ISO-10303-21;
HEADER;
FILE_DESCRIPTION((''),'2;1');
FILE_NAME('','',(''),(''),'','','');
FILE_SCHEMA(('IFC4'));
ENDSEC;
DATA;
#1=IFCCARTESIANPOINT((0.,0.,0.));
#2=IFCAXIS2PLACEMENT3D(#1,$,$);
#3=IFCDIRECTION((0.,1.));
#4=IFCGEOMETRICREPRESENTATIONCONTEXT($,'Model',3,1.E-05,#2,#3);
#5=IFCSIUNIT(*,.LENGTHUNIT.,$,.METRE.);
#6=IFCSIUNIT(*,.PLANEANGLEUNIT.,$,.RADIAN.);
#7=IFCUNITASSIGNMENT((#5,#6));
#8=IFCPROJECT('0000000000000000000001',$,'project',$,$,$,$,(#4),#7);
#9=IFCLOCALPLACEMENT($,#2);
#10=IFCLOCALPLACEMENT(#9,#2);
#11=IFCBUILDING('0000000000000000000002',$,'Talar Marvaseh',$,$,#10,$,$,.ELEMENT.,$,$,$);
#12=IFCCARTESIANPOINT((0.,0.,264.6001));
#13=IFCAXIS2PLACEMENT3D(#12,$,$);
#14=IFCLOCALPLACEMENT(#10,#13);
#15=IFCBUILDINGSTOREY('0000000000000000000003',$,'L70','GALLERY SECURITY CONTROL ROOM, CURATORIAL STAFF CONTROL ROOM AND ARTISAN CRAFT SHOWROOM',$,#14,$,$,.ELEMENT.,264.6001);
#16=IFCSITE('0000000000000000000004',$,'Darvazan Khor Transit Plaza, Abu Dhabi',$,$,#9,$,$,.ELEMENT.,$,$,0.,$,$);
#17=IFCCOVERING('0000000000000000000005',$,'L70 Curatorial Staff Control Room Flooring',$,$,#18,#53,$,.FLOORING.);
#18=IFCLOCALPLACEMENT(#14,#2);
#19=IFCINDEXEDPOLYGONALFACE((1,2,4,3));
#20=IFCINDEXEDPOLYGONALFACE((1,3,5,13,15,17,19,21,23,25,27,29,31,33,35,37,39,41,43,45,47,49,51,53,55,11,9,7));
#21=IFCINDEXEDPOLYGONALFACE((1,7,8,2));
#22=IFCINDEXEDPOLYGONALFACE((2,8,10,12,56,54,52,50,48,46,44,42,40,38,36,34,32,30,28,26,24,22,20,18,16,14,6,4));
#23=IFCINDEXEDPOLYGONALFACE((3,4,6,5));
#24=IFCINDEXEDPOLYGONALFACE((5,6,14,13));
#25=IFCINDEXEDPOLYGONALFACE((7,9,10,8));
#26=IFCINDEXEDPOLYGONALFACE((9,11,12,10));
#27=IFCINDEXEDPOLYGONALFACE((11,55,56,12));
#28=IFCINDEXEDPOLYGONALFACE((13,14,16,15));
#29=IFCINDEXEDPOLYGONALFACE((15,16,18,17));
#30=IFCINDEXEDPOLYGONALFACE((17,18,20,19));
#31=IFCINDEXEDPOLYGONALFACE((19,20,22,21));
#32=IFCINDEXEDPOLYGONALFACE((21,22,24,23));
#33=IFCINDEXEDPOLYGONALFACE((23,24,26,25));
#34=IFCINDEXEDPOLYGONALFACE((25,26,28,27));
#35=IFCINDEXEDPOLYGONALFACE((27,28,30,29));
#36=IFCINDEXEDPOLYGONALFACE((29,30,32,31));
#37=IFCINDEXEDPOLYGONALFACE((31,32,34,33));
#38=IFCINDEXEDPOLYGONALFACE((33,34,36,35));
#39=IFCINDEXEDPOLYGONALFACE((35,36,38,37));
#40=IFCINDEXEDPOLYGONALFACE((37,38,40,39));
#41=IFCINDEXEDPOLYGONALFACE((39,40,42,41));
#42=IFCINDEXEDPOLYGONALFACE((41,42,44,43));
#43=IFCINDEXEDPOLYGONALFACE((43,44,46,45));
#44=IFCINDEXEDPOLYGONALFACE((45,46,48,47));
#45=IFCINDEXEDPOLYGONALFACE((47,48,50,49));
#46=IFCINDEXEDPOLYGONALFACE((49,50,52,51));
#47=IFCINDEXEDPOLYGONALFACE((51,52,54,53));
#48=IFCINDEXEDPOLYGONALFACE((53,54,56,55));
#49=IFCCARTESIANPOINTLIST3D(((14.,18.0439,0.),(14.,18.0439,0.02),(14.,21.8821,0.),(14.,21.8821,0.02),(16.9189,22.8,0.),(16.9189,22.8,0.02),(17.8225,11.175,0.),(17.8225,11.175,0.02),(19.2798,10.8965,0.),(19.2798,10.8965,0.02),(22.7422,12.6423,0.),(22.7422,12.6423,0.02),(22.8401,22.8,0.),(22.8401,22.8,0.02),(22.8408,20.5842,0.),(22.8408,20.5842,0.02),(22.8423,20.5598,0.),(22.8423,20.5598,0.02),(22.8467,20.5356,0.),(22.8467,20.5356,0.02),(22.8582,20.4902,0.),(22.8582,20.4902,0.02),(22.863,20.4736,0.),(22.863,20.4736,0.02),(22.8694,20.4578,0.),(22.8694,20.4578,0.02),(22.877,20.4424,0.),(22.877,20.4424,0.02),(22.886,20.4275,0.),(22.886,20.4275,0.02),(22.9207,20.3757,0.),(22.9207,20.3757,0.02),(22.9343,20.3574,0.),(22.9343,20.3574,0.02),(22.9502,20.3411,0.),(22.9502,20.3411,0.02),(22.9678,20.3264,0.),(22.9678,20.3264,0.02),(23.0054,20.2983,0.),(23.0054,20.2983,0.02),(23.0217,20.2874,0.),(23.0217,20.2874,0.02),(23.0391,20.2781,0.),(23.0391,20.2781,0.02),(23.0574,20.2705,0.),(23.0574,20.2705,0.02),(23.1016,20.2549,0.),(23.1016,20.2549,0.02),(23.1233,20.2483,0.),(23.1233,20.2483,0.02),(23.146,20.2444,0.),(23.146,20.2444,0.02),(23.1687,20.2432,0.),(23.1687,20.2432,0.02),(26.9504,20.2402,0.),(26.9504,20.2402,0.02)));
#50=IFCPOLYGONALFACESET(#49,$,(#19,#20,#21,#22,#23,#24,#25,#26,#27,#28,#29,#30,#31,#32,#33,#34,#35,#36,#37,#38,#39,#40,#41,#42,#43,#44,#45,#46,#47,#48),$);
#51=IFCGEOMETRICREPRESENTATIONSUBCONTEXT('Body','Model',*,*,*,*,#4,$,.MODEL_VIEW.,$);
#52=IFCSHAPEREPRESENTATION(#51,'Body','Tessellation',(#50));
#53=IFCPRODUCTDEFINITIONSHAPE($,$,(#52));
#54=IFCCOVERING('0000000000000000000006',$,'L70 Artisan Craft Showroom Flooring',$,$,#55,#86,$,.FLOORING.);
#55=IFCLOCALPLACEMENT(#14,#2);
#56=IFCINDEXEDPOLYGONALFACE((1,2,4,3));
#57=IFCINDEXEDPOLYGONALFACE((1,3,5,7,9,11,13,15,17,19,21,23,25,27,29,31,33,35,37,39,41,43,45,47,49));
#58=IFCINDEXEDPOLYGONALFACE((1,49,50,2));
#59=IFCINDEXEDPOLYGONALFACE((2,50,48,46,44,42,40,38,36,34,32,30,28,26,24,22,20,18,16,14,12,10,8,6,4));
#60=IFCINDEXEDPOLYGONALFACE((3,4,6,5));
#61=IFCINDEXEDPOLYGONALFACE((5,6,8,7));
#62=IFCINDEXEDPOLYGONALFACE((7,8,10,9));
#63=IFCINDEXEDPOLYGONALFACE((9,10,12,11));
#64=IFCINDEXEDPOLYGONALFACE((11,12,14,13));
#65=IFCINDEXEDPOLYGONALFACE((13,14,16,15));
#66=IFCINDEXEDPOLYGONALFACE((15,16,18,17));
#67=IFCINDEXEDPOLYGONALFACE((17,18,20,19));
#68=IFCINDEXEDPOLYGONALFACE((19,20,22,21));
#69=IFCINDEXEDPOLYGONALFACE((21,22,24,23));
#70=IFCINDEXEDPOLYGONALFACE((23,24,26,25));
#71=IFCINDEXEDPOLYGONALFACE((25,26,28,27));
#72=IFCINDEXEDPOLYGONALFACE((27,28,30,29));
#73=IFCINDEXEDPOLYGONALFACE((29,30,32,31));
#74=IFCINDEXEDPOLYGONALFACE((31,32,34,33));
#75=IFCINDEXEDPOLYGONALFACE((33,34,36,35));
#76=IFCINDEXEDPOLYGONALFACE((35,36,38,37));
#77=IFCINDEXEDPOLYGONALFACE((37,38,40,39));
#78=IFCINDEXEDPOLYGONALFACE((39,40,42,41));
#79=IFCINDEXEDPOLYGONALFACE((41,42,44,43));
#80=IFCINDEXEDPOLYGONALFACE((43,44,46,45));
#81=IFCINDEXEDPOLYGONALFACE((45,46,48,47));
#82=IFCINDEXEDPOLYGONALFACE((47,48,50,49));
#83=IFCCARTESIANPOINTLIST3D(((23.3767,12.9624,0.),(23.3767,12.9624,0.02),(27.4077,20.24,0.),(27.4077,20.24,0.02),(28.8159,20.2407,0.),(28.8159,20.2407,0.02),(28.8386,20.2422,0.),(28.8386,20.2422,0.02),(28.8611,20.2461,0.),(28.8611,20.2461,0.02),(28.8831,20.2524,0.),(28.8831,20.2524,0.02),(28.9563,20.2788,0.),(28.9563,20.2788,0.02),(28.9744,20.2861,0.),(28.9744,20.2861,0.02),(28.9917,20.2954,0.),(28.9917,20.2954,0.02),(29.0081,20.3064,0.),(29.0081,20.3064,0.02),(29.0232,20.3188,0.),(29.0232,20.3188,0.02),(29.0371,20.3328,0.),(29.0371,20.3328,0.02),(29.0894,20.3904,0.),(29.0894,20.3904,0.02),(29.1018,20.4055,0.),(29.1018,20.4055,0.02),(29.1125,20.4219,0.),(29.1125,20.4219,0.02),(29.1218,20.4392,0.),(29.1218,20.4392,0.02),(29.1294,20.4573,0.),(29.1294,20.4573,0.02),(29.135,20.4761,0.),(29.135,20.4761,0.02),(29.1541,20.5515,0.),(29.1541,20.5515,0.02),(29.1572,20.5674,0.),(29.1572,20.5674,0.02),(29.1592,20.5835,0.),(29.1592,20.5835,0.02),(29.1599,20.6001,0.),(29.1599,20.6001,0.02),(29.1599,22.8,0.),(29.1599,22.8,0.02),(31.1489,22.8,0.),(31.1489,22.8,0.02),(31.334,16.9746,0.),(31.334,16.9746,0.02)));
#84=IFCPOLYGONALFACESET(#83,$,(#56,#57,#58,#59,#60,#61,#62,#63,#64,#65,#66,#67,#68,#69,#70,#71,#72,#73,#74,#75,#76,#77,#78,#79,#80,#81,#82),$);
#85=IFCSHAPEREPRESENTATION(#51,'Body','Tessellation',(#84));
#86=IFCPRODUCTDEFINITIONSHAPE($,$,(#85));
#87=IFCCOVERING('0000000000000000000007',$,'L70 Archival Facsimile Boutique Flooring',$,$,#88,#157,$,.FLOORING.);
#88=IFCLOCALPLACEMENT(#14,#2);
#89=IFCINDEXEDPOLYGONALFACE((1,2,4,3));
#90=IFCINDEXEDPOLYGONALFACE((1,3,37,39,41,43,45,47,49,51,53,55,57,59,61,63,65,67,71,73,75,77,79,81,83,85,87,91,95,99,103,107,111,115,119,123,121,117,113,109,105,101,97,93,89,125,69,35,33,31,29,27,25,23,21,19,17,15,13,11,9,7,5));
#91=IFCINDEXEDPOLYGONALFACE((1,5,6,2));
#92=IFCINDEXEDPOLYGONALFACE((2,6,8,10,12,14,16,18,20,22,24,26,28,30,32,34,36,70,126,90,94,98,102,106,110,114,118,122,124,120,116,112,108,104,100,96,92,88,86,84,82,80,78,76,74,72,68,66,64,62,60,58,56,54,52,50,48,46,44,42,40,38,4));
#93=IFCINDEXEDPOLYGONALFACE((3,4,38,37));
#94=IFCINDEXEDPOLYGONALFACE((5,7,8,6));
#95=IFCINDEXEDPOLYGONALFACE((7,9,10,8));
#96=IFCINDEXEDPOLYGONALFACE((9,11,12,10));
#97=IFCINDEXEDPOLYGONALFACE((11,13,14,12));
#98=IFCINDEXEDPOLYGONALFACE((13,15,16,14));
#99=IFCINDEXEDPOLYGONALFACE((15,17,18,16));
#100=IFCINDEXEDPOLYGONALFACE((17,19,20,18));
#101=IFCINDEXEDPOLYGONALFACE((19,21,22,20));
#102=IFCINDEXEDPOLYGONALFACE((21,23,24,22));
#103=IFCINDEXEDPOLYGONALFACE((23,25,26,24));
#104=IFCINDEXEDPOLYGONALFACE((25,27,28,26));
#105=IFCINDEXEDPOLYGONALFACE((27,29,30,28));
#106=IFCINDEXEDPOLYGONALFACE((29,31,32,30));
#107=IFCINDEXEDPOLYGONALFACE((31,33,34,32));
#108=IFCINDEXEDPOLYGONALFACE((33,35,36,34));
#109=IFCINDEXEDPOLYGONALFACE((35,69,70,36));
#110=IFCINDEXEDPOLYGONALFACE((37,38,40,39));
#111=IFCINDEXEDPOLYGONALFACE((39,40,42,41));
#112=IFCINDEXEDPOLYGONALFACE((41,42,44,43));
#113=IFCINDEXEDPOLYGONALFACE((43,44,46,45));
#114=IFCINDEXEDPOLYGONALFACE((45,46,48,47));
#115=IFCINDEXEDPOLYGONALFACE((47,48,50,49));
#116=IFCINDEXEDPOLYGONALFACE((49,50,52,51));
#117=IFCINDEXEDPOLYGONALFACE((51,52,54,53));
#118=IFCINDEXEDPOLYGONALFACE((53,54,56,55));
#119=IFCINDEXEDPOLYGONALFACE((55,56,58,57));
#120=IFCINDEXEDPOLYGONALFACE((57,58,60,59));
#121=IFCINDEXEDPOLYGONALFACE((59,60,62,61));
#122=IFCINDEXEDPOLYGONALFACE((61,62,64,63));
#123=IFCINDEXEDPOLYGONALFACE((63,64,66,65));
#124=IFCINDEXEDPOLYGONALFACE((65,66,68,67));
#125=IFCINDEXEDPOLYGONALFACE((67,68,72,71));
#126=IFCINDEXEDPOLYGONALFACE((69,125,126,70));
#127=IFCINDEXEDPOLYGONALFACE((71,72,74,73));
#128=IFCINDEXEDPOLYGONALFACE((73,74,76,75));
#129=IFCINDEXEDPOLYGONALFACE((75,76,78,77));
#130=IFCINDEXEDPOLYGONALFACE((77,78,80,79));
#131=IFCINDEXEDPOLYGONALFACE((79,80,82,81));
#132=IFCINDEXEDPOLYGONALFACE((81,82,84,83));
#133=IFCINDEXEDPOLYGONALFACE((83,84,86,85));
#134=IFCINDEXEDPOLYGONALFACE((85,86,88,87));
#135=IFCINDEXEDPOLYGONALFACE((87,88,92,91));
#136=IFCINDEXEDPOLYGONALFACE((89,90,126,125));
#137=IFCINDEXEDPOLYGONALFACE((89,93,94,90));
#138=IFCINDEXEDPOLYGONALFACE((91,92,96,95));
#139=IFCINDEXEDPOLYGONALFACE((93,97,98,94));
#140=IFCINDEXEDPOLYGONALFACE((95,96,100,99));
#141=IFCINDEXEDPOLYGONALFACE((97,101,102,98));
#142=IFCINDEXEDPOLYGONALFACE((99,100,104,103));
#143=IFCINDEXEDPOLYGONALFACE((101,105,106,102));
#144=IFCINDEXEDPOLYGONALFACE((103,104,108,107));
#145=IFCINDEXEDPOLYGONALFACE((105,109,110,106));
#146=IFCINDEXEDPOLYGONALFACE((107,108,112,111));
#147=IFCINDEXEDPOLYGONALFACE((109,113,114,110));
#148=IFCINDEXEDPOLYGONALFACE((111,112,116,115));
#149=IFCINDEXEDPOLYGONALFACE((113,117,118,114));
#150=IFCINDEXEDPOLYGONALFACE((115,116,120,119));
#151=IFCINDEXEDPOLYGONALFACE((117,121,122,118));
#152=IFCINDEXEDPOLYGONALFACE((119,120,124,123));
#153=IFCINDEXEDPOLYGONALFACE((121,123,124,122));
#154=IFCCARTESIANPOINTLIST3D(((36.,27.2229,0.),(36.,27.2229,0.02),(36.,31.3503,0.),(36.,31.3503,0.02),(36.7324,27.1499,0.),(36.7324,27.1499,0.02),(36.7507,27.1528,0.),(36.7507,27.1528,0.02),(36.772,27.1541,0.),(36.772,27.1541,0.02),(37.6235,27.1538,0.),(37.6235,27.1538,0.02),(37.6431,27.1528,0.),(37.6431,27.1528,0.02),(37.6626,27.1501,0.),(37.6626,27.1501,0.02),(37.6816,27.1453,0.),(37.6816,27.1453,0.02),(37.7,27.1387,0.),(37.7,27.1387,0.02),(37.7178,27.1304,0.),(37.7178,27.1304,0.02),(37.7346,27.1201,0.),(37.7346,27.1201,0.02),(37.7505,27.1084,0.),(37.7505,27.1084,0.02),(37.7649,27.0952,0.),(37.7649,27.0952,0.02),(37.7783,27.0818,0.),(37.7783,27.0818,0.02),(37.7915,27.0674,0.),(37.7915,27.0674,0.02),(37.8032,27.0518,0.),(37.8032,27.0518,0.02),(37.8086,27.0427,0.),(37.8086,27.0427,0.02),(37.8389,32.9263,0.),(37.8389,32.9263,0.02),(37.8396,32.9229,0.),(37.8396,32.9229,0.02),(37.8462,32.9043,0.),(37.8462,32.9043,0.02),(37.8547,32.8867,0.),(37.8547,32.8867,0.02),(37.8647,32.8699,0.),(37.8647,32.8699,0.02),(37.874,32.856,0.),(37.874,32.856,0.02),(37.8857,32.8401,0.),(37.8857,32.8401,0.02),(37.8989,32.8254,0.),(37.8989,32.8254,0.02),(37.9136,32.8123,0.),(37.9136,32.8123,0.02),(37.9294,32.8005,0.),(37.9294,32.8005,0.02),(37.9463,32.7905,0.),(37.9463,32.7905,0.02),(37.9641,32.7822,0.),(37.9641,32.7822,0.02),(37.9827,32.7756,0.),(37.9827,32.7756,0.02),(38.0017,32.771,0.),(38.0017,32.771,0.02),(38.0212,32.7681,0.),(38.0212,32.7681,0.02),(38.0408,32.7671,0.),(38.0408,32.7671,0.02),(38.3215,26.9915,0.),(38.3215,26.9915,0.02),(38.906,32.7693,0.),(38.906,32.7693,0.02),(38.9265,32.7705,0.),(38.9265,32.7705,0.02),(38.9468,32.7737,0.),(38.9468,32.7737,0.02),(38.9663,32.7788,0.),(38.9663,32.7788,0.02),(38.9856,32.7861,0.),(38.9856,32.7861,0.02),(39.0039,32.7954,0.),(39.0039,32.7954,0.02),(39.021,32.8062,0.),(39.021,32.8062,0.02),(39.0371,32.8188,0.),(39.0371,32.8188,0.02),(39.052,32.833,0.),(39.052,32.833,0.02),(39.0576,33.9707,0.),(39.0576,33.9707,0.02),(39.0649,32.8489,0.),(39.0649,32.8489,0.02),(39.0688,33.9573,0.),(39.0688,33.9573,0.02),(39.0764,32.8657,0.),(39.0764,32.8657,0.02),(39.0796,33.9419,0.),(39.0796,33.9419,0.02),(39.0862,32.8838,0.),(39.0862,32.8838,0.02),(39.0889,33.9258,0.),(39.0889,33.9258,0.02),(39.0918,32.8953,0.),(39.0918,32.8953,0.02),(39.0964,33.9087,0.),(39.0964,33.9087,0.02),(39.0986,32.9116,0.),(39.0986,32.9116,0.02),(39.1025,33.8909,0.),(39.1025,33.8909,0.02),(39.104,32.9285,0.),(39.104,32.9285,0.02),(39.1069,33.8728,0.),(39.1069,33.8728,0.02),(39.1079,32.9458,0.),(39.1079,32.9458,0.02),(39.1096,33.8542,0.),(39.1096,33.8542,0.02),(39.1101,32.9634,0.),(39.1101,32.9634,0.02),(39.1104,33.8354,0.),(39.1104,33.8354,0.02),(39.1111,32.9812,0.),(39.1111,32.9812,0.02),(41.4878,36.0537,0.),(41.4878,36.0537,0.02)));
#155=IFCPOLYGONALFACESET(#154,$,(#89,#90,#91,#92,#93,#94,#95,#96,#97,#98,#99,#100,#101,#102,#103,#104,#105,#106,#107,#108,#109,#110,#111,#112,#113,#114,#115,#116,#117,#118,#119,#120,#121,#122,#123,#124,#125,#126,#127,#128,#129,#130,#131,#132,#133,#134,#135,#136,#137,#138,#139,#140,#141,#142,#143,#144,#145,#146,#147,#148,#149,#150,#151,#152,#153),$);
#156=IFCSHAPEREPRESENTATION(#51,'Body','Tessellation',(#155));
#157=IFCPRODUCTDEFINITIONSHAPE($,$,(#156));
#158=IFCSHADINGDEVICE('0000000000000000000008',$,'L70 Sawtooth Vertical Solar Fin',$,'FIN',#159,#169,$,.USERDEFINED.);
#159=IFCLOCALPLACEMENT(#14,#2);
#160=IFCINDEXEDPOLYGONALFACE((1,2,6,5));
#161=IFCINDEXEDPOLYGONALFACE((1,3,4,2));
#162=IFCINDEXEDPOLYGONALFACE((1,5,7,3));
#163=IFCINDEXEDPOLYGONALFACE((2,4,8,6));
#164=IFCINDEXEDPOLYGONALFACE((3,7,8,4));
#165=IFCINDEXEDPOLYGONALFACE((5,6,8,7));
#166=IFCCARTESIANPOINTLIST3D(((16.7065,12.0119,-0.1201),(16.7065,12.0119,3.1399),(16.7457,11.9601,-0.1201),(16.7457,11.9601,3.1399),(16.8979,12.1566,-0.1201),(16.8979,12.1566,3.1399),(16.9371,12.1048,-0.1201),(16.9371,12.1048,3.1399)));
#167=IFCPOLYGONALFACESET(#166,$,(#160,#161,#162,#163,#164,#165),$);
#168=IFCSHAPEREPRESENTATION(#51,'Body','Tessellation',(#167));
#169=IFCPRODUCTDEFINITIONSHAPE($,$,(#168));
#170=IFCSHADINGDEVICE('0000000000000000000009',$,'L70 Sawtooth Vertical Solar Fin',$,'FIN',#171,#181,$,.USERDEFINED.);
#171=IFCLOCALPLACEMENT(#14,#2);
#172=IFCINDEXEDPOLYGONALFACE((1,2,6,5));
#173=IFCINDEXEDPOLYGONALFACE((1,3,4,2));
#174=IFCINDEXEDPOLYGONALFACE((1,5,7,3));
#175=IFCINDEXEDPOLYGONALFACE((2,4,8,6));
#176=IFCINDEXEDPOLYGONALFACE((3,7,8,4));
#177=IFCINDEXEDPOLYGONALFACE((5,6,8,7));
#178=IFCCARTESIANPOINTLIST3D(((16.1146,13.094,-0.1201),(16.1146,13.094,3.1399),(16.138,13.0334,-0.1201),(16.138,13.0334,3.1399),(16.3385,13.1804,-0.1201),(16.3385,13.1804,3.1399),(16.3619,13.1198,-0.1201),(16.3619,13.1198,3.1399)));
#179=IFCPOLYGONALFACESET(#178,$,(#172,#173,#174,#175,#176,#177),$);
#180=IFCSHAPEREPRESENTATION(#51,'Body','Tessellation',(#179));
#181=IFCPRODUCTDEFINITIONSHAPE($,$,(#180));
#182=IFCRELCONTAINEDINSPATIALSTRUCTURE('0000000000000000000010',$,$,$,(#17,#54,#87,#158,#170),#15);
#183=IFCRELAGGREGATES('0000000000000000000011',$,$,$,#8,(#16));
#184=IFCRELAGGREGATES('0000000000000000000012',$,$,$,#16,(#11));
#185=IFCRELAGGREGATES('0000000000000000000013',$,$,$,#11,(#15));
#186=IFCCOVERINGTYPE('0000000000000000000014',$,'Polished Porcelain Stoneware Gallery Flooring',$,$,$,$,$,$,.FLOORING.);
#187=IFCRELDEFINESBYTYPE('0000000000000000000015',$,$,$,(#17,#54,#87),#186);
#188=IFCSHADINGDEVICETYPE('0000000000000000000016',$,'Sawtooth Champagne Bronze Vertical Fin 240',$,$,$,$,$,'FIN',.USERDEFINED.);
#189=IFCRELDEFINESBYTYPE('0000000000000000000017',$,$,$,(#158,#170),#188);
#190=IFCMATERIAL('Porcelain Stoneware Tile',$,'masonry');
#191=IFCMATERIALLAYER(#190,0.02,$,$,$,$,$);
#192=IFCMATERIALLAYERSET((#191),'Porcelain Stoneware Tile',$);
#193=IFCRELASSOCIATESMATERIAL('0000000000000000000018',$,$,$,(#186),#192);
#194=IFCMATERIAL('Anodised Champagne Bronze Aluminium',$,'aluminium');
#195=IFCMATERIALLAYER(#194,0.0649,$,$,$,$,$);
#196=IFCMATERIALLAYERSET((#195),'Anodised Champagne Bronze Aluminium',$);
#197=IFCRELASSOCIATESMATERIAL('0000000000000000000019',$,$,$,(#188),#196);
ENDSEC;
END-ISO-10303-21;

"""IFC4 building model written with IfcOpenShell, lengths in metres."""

from ifc_helpers import new_model, si_unit, direction, frame, origin, origin_2d, place, context, subcontext, project, spatial, polyline, rectangle, outline, extrude, source, transform, mapped, material, layer, layer_set, type_object, type_shapes, element, save


model = new_model("IFC4")

# Units and contexts
model_context = context("Model", 3, precision=1e-05, world=origin(), true_north=direction((0.0, 1.0)))
body_context = subcontext(model_context, "Body", "Model", "MODEL_VIEW")
ifc_project = project(units=[si_unit("LENGTHUNIT", "METRE"), si_unit("PLANEANGLEUNIT", "RADIAN")], contexts=[model_context])

# Site, building, storey
site_placement = place(None, origin())
site = spatial("IfcSite", under=ifc_project, at=site_placement, Name="Darvazan Khor Transit Plaza, Abu Dhabi", CompositionType="ELEMENT", RefElevation=0.0)
building_placement = place(site_placement, origin())
building = spatial("IfcBuilding", under=site, at=building_placement, Name="Talar Marvaseh", CompositionType="ELEMENT")
storey_placement = place(building_placement, frame((0.0, 0.0, 264.6001)))
storey = spatial("IfcBuildingStorey", under=building, at=storey_placement, Name="L70", Description="GALLERY SECURITY CONTROL ROOM, CURATORIAL STAFF CONTROL ROOM AND ARTISAN CRAFT SHOWROOM", CompositionType="ELEMENT", Elevation=264.6001)

# Coverings
ifc_material_1 = material(Name="Porcelain Stoneware Tile", Category="masonry")
ifc_layer_1 = layer(ifc_material_1, 0.02)
ifc_layer_set_1 = layer_set([ifc_layer_1], Name="Porcelain Stoneware Tile")
covering_type_1 = type_object("IfcCoveringType", Name="Polished Porcelain Stoneware Gallery Flooring", PredefinedType="FLOORING", material=ifc_layer_set_1)
covering_1_placement = place(storey_placement, origin())
element("IfcCovering", 1, at=covering_1_placement, inside=storey, type_object=covering_type_1, Name="L70 Curatorial Staff Control Room Flooring", PredefinedType="FLOORING", context=body_context, shape_type="SweptSolid", body=[
    extrude(outline(polyline([(22.8401, 22.8), (22.8408, 20.5842), (22.8423, 20.5598), (22.8467, 20.5356), (22.8582, 20.4902), (22.863, 20.4736), (22.8694, 20.4578), (22.877, 20.4424), (22.886, 20.4275), (22.9207, 20.3757), (22.9343, 20.3574), (22.9502, 20.3411), (22.9678, 20.3264), (23.0054, 20.2983), (23.0217, 20.2874), (23.0391, 20.2781), (23.0574, 20.2705), (23.1016, 20.2549), (23.1233, 20.2483), (23.146, 20.2444), (23.1687, 20.2432), (26.9504, 20.2402), (22.7422, 12.6423), (19.2798, 10.8965), (17.8225, 11.175), (14.0, 18.0439), (14.0, 21.8821), (16.9189, 22.8), (22.8401, 22.8)])), origin(), (0.0, 0.0, 1.0), 0.02),
])
covering_2_placement = place(storey_placement, origin())
element("IfcCovering", 2, at=covering_2_placement, inside=storey, type_object=covering_type_1, Name="L70 Artisan Craft Showroom Flooring", PredefinedType="FLOORING", context=body_context, shape_type="SweptSolid", body=[
    extrude(outline(polyline([(28.8386, 20.2422), (28.8611, 20.2461), (28.8831, 20.2524), (28.9563, 20.2788), (28.9744, 20.2861), (28.9917, 20.2954), (29.0081, 20.3064), (29.0232, 20.3188), (29.0371, 20.3328), (29.0894, 20.3904), (29.1018, 20.4055), (29.1125, 20.4219), (29.1218, 20.4392), (29.1294, 20.4573), (29.135, 20.4761), (29.1541, 20.5515), (29.1572, 20.5674), (29.1592, 20.5835), (29.1599, 20.6001), (29.1599, 22.8), (31.1489, 22.8), (31.334, 16.9746), (23.3767, 12.9624), (27.4077, 20.24), (28.8159, 20.2407), (28.8386, 20.2422)])), origin(), (0.0, 0.0, 1.0), 0.02),
])
covering_3_placement = place(storey_placement, origin())
element("IfcCovering", 3, at=covering_3_placement, inside=storey, type_object=covering_type_1, Name="L70 Archival Facsimile Boutique Flooring", PredefinedType="FLOORING", context=body_context, shape_type="SweptSolid", body=[
    extrude(outline(polyline([(36.0, 31.3503), (37.8389, 32.9263), (37.8396, 32.9229), (37.8462, 32.9043), (37.8547, 32.8867), (37.8647, 32.8699), (37.874, 32.856), (37.8857, 32.8401), (37.8989, 32.8254), (37.9136, 32.8123), (37.9294, 32.8005), (37.9463, 32.7905), (37.9641, 32.7822), (37.9827, 32.7756), (38.0017, 32.771), (38.0212, 32.7681), (38.0408, 32.7671), (38.906, 32.7693), (38.9265, 32.7705), (38.9468, 32.7737), (38.9663, 32.7788), (38.9856, 32.7861), (39.0039, 32.7954), (39.021, 32.8062), (39.0371, 32.8188), (39.052, 32.833), (39.0649, 32.8489), (39.0764, 32.8657), (39.0862, 32.8838), (39.0918, 32.8953), (39.0986, 32.9116), (39.104, 32.9285), (39.1079, 32.9458), (39.1101, 32.9634), (39.1111, 32.9812), (39.1104, 33.8354), (39.1096, 33.8542), (39.1069, 33.8728), (39.1025, 33.8909), (39.0964, 33.9087), (39.0889, 33.9258), (39.0796, 33.9419), (39.0688, 33.9573), (39.0576, 33.9707), (41.4878, 36.0537), (38.3215, 26.9915), (37.8086, 27.0427), (37.8032, 27.0518), (37.7915, 27.0674), (37.7783, 27.0818), (37.7649, 27.0952), (37.7505, 27.1084), (37.7346, 27.1201), (37.7178, 27.1304), (37.7, 27.1387), (37.6816, 27.1453), (37.6626, 27.1501), (37.6431, 27.1528), (37.6235, 27.1538), (36.772, 27.1541), (36.7507, 27.1528), (36.7324, 27.1499), (36.0, 27.2229), (36.0, 31.3503)])), origin(), (0.0, 0.0, 1.0), 0.02),
])

# Shading devices
ifc_material_2 = material(Name="Anodised Champagne Bronze Aluminium", Category="aluminium")
ifc_layer_2 = layer(ifc_material_2, 0.0649)
ifc_layer_set_2 = layer_set([ifc_layer_2], Name="Anodised Champagne Bronze Aluminium")
shading_device_type_1 = type_object("IfcShadingDeviceType", Name="Sawtooth Champagne Bronze Vertical Fin 240", ElementType="FIN", PredefinedType="USERDEFINED", material=ifc_layer_set_2)
shared_shape_1 = source(origin(), body_context, "Body", "SweptSolid", [
    extrude(rectangle(XDim=0.24, YDim=0.0649, at=origin_2d()), origin(), (0.0, 0.0, 1.0), 3.26),
])
type_shapes(shading_device_type_1, [shared_shape_1])
for number, where, z_axis, x_axis, name in (
    (4, (16.8218, 12.0583, -0.1201), (0.0, 0.0, 1.0), (-0.797584, -0.603208, 0.0), "L70 Sawtooth Vertical Solar Fin"),
    (5, (16.2383, 13.1069, -0.1201), (0.0, 0.0, 1.0), (-0.932954, -0.359997, 0.0), "L70 Sawtooth Vertical Solar Fin"),
):
    element("IfcShadingDevice", number, at=place(storey_placement, frame(where, z_axis=z_axis, x_axis=x_axis)), inside=storey, type_object=shading_device_type_1, Name=name, ObjectType="FIN", PredefinedType="USERDEFINED", context=body_context, shape_type="MappedRepresentation", body=[
        mapped(shared_shape_1, transform((0.0, 0.0, 0.0), x_axis=(1.0, 0.0, 0.0), y_axis=(0.0, 1.0, 0.0), z_axis=(0.0, 0.0, 1.0), scale=1.0)),
    ])

save(model, "model.ifc")
